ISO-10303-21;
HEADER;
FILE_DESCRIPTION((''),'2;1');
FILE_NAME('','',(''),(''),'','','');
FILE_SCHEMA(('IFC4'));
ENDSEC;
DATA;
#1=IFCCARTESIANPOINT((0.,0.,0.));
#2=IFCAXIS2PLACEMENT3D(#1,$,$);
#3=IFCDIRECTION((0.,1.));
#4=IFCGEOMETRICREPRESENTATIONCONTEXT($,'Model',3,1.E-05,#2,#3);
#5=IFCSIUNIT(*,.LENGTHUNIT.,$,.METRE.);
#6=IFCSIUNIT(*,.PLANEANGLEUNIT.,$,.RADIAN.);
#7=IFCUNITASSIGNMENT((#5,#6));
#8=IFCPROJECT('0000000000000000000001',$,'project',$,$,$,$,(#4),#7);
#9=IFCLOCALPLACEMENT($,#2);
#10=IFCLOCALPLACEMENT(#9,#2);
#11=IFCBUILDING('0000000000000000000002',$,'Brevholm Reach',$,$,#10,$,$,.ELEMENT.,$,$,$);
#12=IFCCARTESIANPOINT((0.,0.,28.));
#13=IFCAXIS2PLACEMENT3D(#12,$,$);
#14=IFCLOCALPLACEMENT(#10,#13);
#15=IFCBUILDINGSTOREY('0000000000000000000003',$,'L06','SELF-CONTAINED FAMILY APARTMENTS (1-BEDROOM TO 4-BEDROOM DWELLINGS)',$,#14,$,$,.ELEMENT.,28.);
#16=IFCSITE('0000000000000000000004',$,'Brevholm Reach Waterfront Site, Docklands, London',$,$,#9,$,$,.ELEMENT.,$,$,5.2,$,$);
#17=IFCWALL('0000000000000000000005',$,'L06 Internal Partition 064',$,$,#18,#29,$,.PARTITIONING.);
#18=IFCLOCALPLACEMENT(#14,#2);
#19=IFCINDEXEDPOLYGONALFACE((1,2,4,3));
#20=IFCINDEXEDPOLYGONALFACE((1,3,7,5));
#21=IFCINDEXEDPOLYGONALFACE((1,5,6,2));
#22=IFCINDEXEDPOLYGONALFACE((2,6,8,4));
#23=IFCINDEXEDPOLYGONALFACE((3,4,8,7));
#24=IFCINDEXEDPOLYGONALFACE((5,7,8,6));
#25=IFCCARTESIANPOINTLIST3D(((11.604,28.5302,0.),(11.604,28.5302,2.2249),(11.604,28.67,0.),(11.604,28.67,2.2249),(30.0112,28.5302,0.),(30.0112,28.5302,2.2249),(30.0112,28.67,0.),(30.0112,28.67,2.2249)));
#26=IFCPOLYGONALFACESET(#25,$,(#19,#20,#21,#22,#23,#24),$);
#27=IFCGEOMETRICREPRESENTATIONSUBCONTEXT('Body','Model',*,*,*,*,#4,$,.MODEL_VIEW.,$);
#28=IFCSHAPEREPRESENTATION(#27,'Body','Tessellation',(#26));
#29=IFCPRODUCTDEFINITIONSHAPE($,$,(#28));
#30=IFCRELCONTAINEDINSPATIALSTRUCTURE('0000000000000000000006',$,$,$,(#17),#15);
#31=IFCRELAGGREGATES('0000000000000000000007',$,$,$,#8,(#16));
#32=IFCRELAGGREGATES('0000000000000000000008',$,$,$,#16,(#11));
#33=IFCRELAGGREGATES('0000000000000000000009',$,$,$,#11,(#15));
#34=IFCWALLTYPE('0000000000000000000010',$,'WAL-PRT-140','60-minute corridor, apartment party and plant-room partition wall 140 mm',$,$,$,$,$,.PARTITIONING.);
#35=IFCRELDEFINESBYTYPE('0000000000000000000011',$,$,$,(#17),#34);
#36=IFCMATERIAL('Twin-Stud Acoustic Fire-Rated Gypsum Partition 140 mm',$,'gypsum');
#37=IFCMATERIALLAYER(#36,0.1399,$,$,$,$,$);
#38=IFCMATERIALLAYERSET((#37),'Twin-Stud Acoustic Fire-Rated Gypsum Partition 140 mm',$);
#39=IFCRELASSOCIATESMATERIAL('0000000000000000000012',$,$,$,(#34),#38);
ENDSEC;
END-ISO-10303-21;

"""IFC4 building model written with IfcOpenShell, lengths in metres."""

from ifc_helpers import new_model, si_unit, direction, frame, frame_2d, origin, place, context, subcontext, project, spatial, rectangle, extrude, material, layer, layer_set, type_object, element, save


model = new_model("IFC4")

# Units and contexts
model_context = context("Model", 3, precision=1e-05, world=origin(), true_north=direction((0.0, 1.0)))
body_context = subcontext(model_context, "Body", "Model", "MODEL_VIEW")
ifc_project = project(units=[si_unit("LENGTHUNIT", "METRE"), si_unit("PLANEANGLEUNIT", "RADIAN")], contexts=[model_context])

# Site, building, storey
site_placement = place(None, origin())
site = spatial("IfcSite", under=ifc_project, at=site_placement, Name="Brevholm Reach Waterfront Site, Docklands, London", CompositionType="ELEMENT", RefElevation=5.2)
building_placement = place(site_placement, origin())
building = spatial("IfcBuilding", under=site, at=building_placement, Name="Brevholm Reach", CompositionType="ELEMENT")
storey_placement = place(building_placement, frame((0.0, 0.0, 28.0)))
storey = spatial("IfcBuildingStorey", under=building, at=storey_placement, Name="L06", Description="SELF-CONTAINED FAMILY APARTMENTS (1-BEDROOM TO 4-BEDROOM DWELLINGS)", CompositionType="ELEMENT", Elevation=28.0)

# Shared definitions
ifc_material_1 = material(Name="Twin-Stud Acoustic Fire-Rated Gypsum Partition 140 mm", Category="gypsum")
ifc_layer_1 = layer(ifc_material_1, 0.1399)
ifc_layer_set_1 = layer_set([ifc_layer_1], Name="Twin-Stud Acoustic Fire-Rated Gypsum Partition 140 mm")
wall_type_1 = type_object("IfcWallType", Name="WAL-PRT-140", Description="60-minute corridor, apartment party and plant-room partition wall 140 mm", PredefinedType="PARTITIONING", material=ifc_layer_set_1)

# Wall
wall_1_placement = place(storey_placement, frame((11.604, 28.6001, 0.0), z_axis=(0.0, 0.0, 1.0), x_axis=(1.0, 0.0, 0.0)))
element("IfcWall", 1, at=wall_1_placement, inside=storey, type_object=wall_type_1, Name="L06 Internal Partition 064", PredefinedType="PARTITIONING", context=body_context, shape_type="SweptSolid", body=[
    extrude(rectangle(XDim=18.4072, YDim=0.1399, at=frame_2d((9.2036, 0.0))), origin(), (0.0, 0.0, 1.0), 2.2249),
])

save(model, "model.ifc")
